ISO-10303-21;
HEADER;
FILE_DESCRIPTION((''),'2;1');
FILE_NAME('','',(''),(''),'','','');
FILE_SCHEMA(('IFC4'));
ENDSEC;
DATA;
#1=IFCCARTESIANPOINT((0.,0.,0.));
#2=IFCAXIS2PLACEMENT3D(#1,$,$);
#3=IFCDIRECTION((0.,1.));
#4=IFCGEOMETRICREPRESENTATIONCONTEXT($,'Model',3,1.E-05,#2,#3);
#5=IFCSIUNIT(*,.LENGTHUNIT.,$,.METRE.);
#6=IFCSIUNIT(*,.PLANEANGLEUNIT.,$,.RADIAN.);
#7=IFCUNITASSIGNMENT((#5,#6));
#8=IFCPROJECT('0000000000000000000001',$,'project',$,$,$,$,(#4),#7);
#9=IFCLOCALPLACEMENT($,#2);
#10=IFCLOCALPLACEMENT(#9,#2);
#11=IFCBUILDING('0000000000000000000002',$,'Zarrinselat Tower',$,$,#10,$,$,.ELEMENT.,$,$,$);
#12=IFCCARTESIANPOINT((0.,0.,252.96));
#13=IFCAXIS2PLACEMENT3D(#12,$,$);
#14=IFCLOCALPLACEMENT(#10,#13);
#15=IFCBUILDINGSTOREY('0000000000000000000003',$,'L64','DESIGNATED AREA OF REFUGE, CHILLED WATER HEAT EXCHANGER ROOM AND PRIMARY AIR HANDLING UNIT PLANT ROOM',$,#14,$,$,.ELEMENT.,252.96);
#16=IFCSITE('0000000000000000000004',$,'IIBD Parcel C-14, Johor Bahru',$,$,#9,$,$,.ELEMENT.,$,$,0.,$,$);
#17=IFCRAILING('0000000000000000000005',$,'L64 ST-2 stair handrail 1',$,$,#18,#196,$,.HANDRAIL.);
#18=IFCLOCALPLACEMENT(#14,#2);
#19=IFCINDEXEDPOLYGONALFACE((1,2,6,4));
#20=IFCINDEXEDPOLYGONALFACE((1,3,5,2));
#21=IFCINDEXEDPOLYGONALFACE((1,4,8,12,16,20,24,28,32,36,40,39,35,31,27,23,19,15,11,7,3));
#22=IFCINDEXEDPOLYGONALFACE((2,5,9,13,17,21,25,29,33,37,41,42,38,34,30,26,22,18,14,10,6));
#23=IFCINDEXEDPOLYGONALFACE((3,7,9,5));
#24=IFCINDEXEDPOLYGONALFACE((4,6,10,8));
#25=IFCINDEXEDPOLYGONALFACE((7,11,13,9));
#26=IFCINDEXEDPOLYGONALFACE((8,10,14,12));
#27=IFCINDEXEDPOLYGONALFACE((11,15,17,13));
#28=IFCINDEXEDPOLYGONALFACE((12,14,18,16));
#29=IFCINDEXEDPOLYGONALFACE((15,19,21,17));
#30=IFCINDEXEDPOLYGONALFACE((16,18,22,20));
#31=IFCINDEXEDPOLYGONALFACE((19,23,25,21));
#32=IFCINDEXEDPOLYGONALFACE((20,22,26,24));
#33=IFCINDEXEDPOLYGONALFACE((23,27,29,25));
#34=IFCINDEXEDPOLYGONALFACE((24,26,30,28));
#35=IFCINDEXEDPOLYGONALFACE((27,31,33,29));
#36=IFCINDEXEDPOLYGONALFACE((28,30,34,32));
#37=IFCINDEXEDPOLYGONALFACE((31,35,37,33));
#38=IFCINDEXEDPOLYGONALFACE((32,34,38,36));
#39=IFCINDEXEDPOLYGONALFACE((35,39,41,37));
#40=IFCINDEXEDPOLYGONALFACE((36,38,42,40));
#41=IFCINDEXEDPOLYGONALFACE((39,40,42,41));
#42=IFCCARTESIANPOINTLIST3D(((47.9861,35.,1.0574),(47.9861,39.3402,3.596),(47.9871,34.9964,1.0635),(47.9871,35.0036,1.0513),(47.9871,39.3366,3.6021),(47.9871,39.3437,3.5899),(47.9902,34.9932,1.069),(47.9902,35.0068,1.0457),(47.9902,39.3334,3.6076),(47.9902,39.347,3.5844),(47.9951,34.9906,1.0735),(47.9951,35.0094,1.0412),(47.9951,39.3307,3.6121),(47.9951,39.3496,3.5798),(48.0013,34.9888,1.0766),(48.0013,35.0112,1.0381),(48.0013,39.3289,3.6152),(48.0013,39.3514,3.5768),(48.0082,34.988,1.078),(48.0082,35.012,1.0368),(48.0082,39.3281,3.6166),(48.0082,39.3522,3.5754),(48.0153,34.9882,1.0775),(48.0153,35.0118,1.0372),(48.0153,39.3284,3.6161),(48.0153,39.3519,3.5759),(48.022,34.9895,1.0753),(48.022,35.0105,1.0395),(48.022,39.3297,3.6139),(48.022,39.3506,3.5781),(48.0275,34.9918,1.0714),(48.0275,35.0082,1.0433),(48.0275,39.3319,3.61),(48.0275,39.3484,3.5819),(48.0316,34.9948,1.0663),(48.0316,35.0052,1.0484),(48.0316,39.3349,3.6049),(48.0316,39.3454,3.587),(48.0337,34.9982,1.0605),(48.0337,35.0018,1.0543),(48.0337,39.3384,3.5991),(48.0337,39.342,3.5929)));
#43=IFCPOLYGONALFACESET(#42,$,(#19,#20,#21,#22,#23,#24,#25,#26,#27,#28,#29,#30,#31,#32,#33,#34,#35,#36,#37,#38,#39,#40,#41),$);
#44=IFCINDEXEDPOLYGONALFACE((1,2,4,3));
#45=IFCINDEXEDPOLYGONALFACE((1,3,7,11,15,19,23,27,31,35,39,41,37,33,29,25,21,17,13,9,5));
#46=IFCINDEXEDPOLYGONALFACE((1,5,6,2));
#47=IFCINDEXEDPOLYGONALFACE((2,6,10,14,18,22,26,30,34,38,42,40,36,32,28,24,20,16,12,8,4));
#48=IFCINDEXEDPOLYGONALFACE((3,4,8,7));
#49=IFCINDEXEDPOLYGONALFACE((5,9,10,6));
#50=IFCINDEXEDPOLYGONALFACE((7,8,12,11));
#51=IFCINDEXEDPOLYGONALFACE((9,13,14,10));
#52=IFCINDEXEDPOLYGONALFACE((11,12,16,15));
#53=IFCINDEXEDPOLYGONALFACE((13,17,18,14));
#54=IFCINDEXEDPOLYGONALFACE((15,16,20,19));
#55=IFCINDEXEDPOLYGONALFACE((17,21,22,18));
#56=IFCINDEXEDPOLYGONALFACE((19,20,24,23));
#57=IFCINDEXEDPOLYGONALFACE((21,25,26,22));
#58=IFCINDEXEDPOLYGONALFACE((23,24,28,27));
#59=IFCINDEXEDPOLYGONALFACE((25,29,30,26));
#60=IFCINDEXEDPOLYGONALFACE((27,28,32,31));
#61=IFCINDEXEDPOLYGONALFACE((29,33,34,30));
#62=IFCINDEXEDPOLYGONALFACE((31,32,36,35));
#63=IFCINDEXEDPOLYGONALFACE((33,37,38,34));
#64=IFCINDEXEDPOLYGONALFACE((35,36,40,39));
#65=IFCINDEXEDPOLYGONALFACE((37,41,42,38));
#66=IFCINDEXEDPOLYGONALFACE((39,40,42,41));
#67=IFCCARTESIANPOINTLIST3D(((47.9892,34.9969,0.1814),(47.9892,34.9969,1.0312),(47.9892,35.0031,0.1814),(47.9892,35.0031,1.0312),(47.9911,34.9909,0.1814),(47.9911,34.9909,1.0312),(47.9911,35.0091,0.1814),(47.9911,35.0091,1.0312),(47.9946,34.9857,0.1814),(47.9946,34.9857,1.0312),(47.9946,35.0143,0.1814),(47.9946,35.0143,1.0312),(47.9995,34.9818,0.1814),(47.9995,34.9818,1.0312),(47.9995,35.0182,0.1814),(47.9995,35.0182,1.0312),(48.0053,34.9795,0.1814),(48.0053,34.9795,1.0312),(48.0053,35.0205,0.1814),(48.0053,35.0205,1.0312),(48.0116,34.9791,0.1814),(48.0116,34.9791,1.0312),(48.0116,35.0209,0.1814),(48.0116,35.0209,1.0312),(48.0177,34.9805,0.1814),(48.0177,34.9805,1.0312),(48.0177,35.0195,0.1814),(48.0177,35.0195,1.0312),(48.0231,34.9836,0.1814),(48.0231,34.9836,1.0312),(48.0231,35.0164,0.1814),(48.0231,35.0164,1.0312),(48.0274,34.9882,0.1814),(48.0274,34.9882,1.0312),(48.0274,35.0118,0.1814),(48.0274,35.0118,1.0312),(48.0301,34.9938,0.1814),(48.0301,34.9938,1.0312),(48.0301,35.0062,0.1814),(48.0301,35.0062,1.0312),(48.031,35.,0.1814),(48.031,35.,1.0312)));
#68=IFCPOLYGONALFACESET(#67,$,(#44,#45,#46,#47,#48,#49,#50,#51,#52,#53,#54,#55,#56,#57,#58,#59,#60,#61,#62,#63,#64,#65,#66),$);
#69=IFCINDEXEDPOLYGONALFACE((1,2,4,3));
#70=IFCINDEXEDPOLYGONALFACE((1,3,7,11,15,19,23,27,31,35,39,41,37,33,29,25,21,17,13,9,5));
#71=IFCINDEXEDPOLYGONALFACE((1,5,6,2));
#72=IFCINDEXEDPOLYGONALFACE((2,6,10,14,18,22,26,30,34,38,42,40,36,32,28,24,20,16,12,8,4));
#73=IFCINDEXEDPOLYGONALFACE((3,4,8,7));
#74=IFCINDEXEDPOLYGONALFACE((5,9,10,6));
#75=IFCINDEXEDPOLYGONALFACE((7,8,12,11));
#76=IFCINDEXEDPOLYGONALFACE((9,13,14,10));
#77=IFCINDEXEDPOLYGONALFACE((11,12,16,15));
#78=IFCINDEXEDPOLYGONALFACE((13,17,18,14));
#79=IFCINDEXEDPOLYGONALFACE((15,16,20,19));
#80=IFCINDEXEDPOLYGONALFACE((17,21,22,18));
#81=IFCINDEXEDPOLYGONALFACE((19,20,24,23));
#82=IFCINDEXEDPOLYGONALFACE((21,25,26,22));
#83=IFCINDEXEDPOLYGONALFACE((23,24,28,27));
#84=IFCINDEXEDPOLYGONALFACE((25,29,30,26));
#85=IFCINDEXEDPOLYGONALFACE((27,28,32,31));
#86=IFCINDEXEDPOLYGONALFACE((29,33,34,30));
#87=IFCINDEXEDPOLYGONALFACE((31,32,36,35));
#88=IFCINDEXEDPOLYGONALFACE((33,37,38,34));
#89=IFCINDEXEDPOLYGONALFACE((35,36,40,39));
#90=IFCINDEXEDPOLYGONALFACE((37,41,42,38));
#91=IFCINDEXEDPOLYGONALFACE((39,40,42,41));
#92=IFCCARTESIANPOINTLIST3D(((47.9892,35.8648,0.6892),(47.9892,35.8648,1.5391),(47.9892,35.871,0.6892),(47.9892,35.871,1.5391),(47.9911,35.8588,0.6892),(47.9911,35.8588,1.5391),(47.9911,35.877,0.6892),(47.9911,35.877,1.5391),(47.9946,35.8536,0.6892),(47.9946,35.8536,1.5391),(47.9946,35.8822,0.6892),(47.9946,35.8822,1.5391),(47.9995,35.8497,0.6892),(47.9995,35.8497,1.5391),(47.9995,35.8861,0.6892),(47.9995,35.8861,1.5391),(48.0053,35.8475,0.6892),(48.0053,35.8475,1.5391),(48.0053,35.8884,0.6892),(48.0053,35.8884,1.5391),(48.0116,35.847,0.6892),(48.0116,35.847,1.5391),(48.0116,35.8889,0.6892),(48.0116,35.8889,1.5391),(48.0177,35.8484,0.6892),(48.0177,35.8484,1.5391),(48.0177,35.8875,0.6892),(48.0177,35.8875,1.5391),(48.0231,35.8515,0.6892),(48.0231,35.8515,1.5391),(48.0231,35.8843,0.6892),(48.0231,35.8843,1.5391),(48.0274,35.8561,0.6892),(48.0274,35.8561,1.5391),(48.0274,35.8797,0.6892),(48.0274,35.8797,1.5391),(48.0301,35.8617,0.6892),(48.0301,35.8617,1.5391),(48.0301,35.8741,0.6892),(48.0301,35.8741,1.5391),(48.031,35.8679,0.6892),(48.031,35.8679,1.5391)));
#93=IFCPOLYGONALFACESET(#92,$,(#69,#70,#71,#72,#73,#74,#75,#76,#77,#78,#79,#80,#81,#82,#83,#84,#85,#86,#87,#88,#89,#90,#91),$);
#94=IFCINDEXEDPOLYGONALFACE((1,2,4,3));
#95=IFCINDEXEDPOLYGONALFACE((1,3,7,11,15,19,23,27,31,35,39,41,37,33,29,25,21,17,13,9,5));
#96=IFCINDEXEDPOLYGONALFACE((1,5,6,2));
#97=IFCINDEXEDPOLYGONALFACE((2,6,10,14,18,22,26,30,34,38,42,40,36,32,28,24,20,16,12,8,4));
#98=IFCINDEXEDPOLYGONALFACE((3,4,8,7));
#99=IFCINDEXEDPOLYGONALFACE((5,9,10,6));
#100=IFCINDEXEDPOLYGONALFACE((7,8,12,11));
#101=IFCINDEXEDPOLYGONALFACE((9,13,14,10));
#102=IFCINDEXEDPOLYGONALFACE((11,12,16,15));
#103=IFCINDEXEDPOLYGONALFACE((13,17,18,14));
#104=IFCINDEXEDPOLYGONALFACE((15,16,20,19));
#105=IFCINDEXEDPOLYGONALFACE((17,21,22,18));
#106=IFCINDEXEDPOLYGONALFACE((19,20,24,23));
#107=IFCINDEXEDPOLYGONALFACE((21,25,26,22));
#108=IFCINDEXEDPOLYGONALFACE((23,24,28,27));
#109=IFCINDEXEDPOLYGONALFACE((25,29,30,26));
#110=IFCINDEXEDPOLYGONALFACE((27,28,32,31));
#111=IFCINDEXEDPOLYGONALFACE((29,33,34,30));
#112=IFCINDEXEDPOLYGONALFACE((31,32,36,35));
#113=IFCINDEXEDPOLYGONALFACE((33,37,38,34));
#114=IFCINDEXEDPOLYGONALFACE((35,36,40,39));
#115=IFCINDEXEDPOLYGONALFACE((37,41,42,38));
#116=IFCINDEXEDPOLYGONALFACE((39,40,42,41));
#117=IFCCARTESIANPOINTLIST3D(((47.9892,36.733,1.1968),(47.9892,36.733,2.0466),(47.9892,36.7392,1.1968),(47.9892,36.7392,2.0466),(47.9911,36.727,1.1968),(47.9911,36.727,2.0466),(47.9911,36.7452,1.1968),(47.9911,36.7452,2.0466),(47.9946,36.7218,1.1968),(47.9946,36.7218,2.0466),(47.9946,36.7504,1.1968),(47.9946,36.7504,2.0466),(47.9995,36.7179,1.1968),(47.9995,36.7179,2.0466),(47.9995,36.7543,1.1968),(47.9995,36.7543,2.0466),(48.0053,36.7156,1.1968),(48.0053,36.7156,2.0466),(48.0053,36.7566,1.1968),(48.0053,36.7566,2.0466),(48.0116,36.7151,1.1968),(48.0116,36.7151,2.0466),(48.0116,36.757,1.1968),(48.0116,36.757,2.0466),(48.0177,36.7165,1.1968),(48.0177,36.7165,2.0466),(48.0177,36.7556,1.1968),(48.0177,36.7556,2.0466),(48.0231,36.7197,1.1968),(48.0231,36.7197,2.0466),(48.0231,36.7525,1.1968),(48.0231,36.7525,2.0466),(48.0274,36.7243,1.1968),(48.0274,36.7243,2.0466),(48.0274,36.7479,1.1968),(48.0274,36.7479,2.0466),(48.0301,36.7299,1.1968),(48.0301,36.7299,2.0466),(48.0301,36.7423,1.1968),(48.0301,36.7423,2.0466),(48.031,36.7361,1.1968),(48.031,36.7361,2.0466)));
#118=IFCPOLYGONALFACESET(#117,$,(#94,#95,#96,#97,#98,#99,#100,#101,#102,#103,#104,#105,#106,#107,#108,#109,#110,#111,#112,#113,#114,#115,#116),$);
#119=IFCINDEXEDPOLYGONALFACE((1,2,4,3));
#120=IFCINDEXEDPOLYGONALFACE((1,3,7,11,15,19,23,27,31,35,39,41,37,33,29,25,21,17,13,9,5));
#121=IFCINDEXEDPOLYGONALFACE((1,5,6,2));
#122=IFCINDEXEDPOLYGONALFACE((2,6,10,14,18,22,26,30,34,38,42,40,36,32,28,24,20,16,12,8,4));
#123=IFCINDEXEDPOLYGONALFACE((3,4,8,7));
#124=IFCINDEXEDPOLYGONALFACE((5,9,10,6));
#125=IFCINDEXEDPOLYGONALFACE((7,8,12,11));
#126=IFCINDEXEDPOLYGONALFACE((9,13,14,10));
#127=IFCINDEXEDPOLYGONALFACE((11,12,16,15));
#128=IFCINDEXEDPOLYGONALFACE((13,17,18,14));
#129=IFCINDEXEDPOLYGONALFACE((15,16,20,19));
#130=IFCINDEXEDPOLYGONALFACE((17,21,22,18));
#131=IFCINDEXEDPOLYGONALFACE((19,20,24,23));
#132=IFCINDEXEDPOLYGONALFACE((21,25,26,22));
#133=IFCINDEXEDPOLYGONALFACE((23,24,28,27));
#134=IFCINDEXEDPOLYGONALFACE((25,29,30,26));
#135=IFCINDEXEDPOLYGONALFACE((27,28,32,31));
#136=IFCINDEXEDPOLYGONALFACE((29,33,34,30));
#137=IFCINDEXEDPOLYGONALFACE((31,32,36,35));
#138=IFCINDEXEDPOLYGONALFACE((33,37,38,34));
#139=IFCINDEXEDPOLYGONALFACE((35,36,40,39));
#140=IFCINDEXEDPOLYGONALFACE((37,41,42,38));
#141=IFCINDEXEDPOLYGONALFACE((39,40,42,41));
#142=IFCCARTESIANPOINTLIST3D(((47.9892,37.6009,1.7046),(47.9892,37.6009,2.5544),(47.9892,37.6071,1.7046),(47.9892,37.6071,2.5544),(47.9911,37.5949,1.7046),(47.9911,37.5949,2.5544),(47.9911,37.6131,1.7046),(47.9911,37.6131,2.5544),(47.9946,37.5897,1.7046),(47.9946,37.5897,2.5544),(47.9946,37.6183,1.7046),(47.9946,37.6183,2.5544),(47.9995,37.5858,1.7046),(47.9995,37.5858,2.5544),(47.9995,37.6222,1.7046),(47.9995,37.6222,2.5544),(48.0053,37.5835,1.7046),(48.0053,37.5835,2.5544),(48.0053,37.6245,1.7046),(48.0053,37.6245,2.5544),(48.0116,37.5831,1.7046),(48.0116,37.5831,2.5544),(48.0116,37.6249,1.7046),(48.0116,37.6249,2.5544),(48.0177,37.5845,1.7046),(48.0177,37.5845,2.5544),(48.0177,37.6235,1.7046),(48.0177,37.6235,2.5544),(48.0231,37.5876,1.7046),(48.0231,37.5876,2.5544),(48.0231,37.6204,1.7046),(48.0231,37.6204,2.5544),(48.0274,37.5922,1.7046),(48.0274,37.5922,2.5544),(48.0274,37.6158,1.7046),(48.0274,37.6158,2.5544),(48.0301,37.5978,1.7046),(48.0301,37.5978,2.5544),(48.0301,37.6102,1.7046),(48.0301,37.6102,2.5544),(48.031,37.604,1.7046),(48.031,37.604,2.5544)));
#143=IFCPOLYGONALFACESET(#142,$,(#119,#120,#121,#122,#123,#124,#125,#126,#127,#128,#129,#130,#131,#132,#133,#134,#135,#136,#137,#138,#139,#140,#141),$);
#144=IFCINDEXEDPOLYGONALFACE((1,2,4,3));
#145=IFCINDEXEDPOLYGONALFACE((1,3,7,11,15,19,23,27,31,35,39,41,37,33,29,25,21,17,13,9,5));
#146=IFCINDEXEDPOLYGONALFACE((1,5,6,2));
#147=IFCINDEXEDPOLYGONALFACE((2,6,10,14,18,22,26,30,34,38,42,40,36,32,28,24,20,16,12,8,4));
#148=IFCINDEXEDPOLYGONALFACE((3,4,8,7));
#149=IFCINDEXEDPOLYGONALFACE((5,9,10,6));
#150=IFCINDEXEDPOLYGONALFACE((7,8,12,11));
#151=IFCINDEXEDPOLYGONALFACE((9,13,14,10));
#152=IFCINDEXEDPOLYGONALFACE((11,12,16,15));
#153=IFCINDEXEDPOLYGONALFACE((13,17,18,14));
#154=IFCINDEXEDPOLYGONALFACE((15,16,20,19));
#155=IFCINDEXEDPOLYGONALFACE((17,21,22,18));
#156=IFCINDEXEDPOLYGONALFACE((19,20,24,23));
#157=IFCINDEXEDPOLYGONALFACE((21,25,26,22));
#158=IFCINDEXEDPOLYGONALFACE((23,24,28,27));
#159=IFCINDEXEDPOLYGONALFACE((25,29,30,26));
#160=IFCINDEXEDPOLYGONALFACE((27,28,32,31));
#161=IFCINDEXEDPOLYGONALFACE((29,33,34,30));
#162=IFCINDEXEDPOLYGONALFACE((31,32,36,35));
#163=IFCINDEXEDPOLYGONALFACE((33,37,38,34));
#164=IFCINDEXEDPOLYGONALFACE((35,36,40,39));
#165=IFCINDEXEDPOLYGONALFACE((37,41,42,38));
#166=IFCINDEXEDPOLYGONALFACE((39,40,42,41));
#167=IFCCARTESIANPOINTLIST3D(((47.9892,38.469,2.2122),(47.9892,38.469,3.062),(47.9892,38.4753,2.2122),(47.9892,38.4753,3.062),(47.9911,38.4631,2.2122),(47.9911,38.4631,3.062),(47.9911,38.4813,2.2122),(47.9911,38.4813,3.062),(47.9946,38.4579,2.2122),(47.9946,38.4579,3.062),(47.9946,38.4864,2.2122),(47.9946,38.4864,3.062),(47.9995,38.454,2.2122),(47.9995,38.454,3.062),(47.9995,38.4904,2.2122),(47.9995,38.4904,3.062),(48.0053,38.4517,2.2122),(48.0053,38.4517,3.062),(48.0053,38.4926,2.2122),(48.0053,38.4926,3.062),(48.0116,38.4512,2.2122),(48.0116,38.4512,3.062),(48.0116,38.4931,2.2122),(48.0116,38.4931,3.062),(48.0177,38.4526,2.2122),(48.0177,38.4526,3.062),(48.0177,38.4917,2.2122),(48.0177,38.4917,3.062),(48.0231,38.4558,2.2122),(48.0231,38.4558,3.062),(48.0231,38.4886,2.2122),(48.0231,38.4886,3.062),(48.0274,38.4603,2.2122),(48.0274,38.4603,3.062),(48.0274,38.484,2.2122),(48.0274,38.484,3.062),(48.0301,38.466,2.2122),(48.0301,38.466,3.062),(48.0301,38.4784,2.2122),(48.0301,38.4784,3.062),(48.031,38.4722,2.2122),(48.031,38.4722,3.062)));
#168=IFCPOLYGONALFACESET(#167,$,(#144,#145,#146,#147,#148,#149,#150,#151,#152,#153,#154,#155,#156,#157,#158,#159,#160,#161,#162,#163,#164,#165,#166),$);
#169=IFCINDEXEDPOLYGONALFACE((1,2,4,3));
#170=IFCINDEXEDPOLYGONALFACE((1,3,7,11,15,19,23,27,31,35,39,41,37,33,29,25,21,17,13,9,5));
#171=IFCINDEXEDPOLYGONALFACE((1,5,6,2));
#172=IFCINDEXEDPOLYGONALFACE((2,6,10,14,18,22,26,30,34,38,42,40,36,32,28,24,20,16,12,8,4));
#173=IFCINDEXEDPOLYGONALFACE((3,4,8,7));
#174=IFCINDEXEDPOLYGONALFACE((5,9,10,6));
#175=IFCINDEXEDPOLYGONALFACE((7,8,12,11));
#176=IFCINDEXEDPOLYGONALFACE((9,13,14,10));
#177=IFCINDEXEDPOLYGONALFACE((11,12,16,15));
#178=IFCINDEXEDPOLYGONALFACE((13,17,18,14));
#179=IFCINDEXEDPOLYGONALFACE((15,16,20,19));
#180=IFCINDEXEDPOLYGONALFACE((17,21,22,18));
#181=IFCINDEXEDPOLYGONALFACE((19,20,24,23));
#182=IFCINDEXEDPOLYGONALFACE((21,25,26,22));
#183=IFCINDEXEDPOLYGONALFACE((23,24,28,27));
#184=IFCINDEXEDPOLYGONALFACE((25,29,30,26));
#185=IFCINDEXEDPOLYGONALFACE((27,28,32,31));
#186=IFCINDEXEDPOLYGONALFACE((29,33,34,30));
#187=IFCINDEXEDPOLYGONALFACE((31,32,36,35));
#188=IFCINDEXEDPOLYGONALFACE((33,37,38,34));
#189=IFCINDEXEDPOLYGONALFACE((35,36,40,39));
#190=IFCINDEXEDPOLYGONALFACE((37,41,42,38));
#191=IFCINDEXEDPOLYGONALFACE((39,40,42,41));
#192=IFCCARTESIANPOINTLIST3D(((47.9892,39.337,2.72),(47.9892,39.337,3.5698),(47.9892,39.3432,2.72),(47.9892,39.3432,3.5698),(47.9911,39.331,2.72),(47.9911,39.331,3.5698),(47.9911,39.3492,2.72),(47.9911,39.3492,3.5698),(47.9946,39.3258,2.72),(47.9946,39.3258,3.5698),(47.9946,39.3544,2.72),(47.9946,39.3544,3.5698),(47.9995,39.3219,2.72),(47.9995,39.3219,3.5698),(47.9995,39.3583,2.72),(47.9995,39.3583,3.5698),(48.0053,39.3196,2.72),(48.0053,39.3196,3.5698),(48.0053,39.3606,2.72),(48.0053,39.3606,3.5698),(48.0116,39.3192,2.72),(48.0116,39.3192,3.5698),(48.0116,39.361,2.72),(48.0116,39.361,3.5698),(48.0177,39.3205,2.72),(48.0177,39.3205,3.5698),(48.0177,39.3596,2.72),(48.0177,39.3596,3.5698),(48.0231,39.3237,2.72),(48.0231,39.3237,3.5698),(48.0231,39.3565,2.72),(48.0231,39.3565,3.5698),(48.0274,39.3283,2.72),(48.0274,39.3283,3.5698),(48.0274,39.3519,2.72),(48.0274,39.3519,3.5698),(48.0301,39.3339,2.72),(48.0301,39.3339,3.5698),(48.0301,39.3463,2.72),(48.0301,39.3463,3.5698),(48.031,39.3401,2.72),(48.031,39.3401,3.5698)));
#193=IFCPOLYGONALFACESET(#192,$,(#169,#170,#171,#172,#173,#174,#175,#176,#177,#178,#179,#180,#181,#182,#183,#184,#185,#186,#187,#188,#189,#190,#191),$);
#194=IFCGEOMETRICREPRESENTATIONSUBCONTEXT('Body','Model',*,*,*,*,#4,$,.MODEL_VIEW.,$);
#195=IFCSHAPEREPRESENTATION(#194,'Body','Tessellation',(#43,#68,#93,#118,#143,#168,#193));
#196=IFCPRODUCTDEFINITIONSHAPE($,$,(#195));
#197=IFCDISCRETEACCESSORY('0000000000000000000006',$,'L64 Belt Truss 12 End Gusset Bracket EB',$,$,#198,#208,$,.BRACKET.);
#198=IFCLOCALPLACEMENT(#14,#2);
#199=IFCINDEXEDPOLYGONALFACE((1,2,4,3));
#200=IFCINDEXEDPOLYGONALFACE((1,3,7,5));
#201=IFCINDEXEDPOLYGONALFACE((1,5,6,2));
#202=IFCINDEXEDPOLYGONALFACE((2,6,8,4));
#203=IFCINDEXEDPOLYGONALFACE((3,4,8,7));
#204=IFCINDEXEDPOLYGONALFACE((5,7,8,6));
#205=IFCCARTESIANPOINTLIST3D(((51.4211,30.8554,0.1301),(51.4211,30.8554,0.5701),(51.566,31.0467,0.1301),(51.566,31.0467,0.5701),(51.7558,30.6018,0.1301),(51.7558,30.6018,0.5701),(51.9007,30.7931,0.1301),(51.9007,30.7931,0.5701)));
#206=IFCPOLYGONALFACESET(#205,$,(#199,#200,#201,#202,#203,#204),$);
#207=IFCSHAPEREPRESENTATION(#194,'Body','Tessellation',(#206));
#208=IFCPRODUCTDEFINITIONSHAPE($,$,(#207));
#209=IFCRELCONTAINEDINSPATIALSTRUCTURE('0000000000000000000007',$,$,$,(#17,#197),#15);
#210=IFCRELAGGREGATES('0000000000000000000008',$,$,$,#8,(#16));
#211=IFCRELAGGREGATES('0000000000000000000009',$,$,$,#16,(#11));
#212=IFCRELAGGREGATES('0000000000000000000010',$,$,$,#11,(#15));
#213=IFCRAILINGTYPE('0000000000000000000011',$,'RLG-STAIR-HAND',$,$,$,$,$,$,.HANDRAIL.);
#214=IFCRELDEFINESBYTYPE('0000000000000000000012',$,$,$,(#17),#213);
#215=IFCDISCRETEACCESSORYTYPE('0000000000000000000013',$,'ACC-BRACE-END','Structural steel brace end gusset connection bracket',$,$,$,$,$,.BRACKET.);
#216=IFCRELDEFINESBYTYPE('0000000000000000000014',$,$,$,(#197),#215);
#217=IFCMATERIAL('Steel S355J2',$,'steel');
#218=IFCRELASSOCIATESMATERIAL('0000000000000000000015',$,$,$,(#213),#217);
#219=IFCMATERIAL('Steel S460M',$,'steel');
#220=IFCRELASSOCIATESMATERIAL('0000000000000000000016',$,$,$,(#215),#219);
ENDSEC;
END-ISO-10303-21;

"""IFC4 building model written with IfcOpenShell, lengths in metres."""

from ifc_helpers import new_model, si_unit, direction, frame, origin, origin_2d, place, context, subcontext, project, spatial, rectangle, circle, extrude, material, type_object, element, save


model = new_model("IFC4")

# Units and contexts
model_context = context("Model", 3, precision=1e-05, world=origin(), true_north=direction((0.0, 1.0)))
body_context = subcontext(model_context, "Body", "Model", "MODEL_VIEW")
ifc_project = project(units=[si_unit("LENGTHUNIT", "METRE"), si_unit("PLANEANGLEUNIT", "RADIAN")], contexts=[model_context])

# Site, building, storey
site_placement = place(None, origin())
site = spatial("IfcSite", under=ifc_project, at=site_placement, Name="IIBD Parcel C-14, Johor Bahru", CompositionType="ELEMENT", RefElevation=0.0)
building_placement = place(site_placement, origin())
building = spatial("IfcBuilding", under=site, at=building_placement, Name="Zarrinselat Tower", CompositionType="ELEMENT")
storey_placement = place(building_placement, frame((0.0, 0.0, 252.96)))
storey = spatial("IfcBuildingStorey", under=building, at=storey_placement, Name="L64", Description="DESIGNATED AREA OF REFUGE, CHILLED WATER HEAT EXCHANGER ROOM AND PRIMARY AIR HANDLING UNIT PLANT ROOM", CompositionType="ELEMENT", Elevation=252.96)

# Railing
ifc_material_1 = material(Name="Steel S355J2", Category="steel")
railing_type_1 = type_object("IfcRailingType", Name="RLG-STAIR-HAND", PredefinedType="HANDRAIL", material=ifc_material_1)
railing_1_placement = place(storey_placement, frame((48.01, 35.0, 0.1814)))
element("IfcRailing", 1, at=railing_1_placement, inside=storey, type_object=railing_type_1, Name="L64 ST-2 stair handrail 1", PredefinedType="HANDRAIL", context=body_context, shape_type="SweptSolid", body=[
    extrude(circle(Radius=0.0239, at=origin_2d()), frame((0.0, 0.0, 0.876), z_axis=(0.0, 0.863185, 0.504888), x_axis=(-1.0, 0.0, 0.0)), (0.0, 0.0, 1.0), 5.0281),
    extrude(circle(Radius=0.021, at=origin_2d()), origin(), (0.0, 0.0, 1.0), 0.8499),
    extrude(circle(Radius=0.021, at=origin_2d()), frame((0.0, 0.8679, 0.5078)), (0.0, 0.0, 1.0), 0.8499),
    extrude(circle(Radius=0.021, at=origin_2d()), frame((0.0, 1.7361, 1.0154)), (0.0, 0.0, 1.0), 0.8499),
    extrude(circle(Radius=0.021, at=origin_2d()), frame((0.0, 2.604, 1.5232)), (0.0, 0.0, 1.0), 0.8499),
    extrude(circle(Radius=0.021, at=origin_2d()), frame((0.0, 3.4722, 2.0308)), (0.0, 0.0, 1.0), 0.8499),
    extrude(circle(Radius=0.021, at=origin_2d()), frame((0.0, 4.3401, 2.5386)), (0.0, 0.0, 1.0), 0.8499),
])

# Discrete accessory
ifc_material_2 = material(Name="Steel S460M", Category="steel")
discrete_accessory_type = type_object("IfcDiscreteAccessoryType", Name="ACC-BRACE-END", Description="Structural steel brace end gusset connection bracket", PredefinedType="BRACKET", material=ifc_material_2)
for number, where, z_axis, x_axis, name in (
    (2, (51.6609, 30.8242, 0.1301), (0.0, 0.0, 1.0), (0.603856, 0.797093, 0.0), "L64 Belt Truss 12 End Gusset Bracket EB"),
):
    element("IfcDiscreteAccessory", number, at=place(storey_placement, frame(where, z_axis=z_axis, x_axis=x_axis)), inside=storey, type_object=discrete_accessory_type, Name=name, PredefinedType="BRACKET", context=body_context, shape_type="SweptSolid", body=[
        extrude(rectangle(XDim=0.24, YDim=0.4199, at=origin_2d()), origin(), (0.0, 0.0, 1.0), 0.4399),
    ])

save(model, "model.ifc")
